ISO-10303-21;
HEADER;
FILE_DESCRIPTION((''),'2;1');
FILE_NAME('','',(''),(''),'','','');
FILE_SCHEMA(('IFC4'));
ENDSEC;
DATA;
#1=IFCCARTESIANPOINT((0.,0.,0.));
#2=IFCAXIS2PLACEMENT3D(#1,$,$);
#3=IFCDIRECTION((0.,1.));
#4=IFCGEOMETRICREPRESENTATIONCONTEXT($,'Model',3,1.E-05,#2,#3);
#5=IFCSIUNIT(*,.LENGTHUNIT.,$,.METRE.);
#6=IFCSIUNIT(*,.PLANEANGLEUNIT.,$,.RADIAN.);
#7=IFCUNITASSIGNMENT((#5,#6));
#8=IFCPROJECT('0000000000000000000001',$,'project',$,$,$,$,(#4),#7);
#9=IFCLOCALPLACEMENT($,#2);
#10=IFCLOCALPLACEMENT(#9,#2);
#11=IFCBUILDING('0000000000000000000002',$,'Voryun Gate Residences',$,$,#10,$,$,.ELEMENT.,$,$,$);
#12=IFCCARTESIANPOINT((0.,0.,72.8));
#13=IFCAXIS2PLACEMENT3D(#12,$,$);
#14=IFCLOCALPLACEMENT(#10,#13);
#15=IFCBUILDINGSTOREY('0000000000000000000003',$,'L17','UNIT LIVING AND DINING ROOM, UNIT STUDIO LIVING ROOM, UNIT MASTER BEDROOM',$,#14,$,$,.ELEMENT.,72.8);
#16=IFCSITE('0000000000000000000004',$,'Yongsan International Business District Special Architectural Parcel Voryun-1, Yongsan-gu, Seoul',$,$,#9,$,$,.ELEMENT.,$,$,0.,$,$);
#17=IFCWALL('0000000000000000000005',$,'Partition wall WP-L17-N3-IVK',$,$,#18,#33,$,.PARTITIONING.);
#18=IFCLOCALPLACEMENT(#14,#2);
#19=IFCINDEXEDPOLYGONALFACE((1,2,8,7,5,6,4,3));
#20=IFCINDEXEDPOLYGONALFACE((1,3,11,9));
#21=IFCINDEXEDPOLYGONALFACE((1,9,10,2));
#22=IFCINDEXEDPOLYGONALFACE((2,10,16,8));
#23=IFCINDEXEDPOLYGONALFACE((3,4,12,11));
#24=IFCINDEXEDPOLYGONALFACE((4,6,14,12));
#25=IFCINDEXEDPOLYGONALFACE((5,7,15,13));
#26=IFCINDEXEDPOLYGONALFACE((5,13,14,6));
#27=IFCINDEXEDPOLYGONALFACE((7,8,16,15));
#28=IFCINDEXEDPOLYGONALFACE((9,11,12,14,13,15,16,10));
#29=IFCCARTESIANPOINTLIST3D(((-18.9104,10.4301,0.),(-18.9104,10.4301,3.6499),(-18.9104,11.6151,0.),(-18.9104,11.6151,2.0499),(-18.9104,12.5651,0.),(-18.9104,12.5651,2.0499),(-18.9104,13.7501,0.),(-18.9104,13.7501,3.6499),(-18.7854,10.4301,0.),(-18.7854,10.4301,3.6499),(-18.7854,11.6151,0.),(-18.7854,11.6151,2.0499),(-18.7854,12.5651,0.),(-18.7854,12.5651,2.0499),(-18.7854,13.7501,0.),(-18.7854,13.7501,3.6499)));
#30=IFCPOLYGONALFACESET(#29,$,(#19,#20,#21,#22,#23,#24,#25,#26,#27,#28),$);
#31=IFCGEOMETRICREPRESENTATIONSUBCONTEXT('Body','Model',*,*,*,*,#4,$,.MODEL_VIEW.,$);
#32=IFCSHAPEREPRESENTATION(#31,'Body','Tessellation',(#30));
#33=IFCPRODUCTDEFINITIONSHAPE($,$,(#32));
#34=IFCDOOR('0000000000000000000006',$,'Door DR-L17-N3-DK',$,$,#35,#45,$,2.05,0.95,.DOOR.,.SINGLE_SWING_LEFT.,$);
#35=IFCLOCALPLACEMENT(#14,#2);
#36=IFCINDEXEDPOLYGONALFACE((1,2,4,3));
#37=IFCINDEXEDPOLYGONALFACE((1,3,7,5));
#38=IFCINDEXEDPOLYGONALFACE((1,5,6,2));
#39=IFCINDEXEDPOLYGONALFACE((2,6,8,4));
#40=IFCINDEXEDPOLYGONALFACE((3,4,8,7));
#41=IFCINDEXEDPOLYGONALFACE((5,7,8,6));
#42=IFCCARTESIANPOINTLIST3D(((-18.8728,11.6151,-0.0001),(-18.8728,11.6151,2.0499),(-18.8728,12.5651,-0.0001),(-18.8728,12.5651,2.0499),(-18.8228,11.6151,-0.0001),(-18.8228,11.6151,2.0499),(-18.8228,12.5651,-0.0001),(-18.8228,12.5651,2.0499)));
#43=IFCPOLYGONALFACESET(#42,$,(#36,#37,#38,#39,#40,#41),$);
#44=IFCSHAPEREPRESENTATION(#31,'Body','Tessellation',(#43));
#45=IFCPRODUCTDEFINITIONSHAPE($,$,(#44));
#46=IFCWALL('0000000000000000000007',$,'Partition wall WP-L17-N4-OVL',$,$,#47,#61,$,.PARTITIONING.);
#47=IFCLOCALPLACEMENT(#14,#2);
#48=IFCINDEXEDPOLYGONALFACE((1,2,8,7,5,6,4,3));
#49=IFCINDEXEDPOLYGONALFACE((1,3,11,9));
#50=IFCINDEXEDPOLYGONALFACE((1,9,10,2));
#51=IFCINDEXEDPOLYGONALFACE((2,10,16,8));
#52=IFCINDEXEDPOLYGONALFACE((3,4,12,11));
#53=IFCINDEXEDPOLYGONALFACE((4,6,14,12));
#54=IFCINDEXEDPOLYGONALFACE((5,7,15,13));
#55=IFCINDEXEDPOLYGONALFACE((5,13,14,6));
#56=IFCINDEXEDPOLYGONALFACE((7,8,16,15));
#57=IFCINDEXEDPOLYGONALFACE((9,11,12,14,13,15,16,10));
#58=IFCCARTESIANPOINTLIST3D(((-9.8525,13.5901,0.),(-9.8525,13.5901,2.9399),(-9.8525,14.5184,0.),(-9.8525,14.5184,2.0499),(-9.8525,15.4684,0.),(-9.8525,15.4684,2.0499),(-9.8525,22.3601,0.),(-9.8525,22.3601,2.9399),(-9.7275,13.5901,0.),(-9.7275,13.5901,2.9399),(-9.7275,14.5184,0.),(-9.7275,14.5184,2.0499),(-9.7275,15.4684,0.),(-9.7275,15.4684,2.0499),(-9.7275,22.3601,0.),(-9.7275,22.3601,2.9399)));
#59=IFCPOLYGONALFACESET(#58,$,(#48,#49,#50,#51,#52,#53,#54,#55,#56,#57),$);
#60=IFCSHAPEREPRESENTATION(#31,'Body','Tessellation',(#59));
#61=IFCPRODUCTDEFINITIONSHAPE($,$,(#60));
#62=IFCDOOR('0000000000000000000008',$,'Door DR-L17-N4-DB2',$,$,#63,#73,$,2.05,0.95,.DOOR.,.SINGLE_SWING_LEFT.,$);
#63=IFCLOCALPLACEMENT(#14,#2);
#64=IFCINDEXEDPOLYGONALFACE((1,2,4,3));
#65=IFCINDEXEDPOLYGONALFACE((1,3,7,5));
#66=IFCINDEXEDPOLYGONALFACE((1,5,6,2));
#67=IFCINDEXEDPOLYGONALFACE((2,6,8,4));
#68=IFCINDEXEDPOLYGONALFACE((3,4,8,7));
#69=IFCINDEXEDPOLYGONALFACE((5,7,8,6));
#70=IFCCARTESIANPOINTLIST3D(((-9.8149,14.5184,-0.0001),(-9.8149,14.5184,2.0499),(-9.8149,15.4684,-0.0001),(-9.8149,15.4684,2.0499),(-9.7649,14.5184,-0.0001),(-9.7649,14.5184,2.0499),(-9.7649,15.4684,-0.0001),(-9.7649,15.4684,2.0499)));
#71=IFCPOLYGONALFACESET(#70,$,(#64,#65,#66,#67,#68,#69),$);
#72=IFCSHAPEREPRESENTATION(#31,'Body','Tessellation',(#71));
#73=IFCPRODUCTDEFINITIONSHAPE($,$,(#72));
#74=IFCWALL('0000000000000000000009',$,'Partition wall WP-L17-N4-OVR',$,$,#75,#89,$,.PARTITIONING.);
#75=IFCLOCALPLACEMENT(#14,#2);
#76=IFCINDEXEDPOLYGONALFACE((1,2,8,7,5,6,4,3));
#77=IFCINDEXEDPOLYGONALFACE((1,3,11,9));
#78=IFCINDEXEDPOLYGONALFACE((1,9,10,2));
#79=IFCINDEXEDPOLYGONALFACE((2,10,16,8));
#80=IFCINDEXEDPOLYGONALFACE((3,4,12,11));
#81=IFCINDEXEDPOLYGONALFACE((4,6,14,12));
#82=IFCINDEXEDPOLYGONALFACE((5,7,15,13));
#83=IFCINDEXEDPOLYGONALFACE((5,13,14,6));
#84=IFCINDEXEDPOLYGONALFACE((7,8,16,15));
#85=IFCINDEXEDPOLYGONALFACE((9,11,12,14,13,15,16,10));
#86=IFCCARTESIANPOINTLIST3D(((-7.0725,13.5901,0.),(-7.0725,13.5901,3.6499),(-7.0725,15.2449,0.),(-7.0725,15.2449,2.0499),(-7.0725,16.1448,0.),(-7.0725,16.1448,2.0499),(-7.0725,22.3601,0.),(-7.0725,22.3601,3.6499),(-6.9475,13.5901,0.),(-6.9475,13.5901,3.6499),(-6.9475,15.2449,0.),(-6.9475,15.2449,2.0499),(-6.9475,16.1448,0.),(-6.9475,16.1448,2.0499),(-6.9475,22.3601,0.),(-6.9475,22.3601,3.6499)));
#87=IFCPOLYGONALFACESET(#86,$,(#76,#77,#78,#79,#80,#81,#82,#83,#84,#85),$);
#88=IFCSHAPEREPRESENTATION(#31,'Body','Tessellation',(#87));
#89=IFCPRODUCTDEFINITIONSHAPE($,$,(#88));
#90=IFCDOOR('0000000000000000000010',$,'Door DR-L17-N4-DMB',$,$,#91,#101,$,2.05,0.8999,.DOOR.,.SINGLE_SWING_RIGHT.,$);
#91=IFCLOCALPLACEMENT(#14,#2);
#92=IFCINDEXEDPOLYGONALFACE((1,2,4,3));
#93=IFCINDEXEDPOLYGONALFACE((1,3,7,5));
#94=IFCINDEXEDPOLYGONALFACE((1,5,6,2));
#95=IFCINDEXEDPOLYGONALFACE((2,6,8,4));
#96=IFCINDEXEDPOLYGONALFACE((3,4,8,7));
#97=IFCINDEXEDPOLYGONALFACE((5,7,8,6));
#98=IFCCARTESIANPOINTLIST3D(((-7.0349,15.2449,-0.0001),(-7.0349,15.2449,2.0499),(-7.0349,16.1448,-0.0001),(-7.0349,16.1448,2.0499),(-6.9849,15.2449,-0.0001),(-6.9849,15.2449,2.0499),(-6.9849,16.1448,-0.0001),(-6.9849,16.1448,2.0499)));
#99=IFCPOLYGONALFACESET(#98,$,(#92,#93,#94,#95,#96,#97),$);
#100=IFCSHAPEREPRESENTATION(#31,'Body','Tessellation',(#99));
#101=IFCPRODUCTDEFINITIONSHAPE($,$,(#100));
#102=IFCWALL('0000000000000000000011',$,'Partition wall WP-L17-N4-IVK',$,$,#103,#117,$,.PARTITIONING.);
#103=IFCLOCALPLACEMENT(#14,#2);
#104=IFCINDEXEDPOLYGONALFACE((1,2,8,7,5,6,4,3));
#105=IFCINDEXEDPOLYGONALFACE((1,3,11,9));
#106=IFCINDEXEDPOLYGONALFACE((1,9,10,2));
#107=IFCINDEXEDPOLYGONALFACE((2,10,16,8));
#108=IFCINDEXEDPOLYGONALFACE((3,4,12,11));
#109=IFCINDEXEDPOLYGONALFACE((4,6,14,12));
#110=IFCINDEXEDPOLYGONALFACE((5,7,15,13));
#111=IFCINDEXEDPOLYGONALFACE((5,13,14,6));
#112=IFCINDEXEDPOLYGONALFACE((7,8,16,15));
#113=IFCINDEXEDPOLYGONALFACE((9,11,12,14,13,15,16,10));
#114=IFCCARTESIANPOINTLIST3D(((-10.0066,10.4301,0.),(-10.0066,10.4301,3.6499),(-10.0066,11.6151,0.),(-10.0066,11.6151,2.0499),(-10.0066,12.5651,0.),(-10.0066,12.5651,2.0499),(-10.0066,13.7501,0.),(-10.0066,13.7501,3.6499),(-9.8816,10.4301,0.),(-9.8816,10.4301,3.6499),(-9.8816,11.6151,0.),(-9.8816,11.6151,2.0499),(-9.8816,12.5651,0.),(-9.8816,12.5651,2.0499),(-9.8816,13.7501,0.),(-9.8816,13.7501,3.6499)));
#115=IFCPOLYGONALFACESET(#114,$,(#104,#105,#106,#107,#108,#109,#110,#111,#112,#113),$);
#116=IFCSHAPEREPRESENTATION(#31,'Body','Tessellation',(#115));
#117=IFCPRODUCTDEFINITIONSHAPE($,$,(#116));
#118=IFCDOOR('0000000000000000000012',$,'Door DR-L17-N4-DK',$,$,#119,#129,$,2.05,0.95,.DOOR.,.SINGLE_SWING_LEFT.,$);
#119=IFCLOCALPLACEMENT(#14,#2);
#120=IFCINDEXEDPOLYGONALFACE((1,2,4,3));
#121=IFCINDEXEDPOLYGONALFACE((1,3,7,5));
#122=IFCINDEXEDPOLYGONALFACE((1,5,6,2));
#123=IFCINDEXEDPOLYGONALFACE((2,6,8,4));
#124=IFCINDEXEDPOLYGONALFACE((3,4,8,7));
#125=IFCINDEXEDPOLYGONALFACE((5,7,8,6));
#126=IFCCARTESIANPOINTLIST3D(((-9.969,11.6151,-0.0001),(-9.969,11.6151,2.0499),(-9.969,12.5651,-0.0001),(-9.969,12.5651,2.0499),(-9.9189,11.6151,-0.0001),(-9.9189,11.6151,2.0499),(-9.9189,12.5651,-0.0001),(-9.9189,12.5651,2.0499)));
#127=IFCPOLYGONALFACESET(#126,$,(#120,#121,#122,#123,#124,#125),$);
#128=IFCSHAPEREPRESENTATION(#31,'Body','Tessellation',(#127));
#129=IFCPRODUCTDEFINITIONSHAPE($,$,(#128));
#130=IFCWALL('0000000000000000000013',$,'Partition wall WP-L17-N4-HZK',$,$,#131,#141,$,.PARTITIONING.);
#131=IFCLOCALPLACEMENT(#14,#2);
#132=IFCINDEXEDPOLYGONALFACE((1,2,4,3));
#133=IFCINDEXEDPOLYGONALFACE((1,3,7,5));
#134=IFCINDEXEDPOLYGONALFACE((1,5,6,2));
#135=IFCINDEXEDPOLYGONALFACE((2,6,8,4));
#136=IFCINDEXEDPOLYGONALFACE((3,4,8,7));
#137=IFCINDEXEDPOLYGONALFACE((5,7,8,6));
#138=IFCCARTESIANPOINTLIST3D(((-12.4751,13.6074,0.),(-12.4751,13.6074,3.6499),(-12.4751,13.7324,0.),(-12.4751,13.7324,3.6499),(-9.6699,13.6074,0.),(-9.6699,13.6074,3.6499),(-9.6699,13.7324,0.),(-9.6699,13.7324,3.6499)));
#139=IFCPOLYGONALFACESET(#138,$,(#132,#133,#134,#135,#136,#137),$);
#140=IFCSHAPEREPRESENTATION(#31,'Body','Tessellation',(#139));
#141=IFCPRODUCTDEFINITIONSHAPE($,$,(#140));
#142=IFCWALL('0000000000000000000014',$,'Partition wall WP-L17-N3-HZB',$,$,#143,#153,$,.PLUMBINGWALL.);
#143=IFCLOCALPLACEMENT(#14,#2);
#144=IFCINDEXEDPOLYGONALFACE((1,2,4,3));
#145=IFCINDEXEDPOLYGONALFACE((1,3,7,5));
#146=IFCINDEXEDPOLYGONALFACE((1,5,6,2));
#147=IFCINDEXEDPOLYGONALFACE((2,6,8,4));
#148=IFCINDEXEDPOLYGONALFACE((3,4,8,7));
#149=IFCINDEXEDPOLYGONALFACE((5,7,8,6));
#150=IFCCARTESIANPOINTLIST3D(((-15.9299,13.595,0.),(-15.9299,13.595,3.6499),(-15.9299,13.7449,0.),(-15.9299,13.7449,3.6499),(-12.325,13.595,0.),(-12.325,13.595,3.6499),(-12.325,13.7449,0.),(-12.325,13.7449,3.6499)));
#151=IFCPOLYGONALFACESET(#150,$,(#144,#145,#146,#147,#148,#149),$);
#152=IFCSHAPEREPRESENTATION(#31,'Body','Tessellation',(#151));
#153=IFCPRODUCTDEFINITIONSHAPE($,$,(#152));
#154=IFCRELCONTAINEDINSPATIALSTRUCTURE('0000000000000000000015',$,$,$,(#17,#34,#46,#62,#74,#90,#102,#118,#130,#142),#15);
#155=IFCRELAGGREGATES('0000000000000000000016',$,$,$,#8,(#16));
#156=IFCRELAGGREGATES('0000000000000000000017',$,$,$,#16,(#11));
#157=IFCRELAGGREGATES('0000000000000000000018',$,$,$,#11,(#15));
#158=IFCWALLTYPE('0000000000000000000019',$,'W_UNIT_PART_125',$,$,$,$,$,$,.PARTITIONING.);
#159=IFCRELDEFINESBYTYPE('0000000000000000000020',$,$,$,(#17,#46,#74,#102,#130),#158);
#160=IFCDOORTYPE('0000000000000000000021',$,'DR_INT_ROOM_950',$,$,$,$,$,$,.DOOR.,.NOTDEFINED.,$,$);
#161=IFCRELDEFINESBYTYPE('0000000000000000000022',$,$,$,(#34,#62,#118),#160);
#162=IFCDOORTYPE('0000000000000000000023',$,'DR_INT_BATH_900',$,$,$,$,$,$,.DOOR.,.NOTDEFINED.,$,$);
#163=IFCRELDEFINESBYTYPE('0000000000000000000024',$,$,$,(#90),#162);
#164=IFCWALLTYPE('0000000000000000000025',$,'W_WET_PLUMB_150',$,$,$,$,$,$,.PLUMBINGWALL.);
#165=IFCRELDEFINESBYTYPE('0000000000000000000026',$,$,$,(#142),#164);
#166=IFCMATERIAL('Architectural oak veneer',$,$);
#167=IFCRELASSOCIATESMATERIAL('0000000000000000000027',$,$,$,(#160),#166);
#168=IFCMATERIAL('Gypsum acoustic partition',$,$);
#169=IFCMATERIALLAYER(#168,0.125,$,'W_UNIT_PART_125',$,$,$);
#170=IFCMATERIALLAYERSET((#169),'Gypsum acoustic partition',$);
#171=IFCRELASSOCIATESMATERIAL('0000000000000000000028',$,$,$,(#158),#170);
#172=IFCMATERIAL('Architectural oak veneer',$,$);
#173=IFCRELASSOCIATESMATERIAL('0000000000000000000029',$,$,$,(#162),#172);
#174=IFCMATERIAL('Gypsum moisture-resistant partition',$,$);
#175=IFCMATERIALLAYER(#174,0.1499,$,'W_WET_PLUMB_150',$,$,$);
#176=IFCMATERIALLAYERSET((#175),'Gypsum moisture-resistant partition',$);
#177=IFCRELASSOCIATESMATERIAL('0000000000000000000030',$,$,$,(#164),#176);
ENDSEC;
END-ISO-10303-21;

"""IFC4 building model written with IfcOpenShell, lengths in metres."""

from ifc_helpers import new_model, si_unit, direction, frame, frame_2d, origin, place, context, subcontext, project, spatial, rectangle, extrude, material, layer, layer_set, type_object, element, fill, save


model = new_model("IFC4")

# Units and contexts
model_context = context("Model", 3, precision=1e-05, world=origin(), true_north=direction((0.0, 1.0)))
body_context = subcontext(model_context, "Body", "Model", "MODEL_VIEW")
ifc_project = project(units=[si_unit("LENGTHUNIT", "METRE"), si_unit("PLANEANGLEUNIT", "RADIAN")], contexts=[model_context])

# Site, building, storey
site_placement = place(None, origin())
site = spatial("IfcSite", under=ifc_project, at=site_placement, Name="Yongsan International Business District Special Architectural Parcel Voryun-1, Yongsan-gu, Seoul", CompositionType="ELEMENT", RefElevation=0.0)
building_placement = place(site_placement, origin())
building = spatial("IfcBuilding", under=site, at=building_placement, Name="Voryun Gate Residences", CompositionType="ELEMENT")
storey_placement = place(building_placement, frame((0.0, 0.0, 72.8)))
storey = spatial("IfcBuildingStorey", under=building, at=storey_placement, Name="L17", Description="UNIT LIVING AND DINING ROOM, UNIT STUDIO LIVING ROOM, UNIT MASTER BEDROOM", CompositionType="ELEMENT", Elevation=72.8)

# Shared definitions
ifc_material_1 = material(Name="Architectural oak veneer")
door_type_1 = type_object("IfcDoorType", Name="DR_INT_ROOM_950", OperationType="NOTDEFINED", PredefinedType="DOOR", material=ifc_material_1)

# Walls, openings, doors
ifc_material_2 = material(Name="Gypsum acoustic partition")
ifc_layer_1 = layer(ifc_material_2, 0.125, Name="W_UNIT_PART_125")
ifc_layer_set_1 = layer_set([ifc_layer_1], Name="Gypsum acoustic partition")
wall_type_1 = type_object("IfcWallType", Name="W_UNIT_PART_125", PredefinedType="PARTITIONING", material=ifc_layer_set_1)
ifc_material_3 = material(Name="Architectural oak veneer")
door_type_2 = type_object("IfcDoorType", Name="DR_INT_BATH_900", OperationType="NOTDEFINED", PredefinedType="DOOR", material=ifc_material_3)
wall_1_placement = place(storey_placement, frame((-18.8479, 10.4299, 0.0), z_axis=(0.0, 0.0, 1.0), x_axis=(0.0, 1.0, 0.0)))
wall_1 = element("IfcWall", 1, at=wall_1_placement, inside=storey, type_object=wall_type_1, Name="Partition wall WP-L17-N3-IVK", PredefinedType="PARTITIONING", context=body_context, shape_type="SweptSolid", body=[
    extrude(rectangle(XDim=3.3201, YDim=0.125, at=frame_2d((1.6602, 0.0))), origin(), (0.0, 0.0, 1.0), 3.6499),
])
opening_1_placement = place(wall_1_placement, frame((1.1851, 0.0, 0.0)))
opening_1 = element("IfcOpeningElement", 2, at=opening_1_placement, cuts=wall_1, PredefinedType="OPENING", context=body_context, shape_type="SweptSolid", body=[
    extrude(rectangle(XDim=0.95, YDim=2.05, at=frame_2d((0.4751, 1.0249))), frame((0.0, 0.0725, 0.0), z_axis=(0.0, -1.0, 0.0), x_axis=(1.0, 0.0, 0.0)), (0.0, 0.0, 1.0), 0.145),
])
door_1_placement = place(opening_1_placement, origin())
door_1 = element("IfcDoor", 3, at=door_1_placement, inside=storey, type_object=door_type_1, Name="Door DR-L17-N3-DK", OperationType="SINGLE_SWING_LEFT", OverallHeight=2.05, OverallWidth=0.95, PredefinedType="DOOR", context=body_context, shape_type="SweptSolid", body=[
    extrude(rectangle(XDim=0.95, YDim=2.05, at=frame_2d((0.4751, 1.0249))), frame((0.0, 0.0249, 0.0), z_axis=(0.0, -1.0, 0.0), x_axis=(1.0, 0.0, 0.0)), (0.0, 0.0, 1.0), 0.05),
])
fill(opening_1, door_1)
wall_2_placement = place(storey_placement, frame((-9.79, 13.5901, 0.0), z_axis=(0.0, 0.0, 1.0), x_axis=(0.0, 1.0, 0.0)))
wall_2 = element("IfcWall", 4, at=wall_2_placement, inside=storey, type_object=wall_type_1, Name="Partition wall WP-L17-N4-OVL", PredefinedType="PARTITIONING", context=body_context, shape_type="SweptSolid", body=[
    extrude(rectangle(XDim=8.77, YDim=0.125, at=frame_2d((4.385, 0.0))), origin(), (0.0, 0.0, 1.0), 2.9399),
])
opening_2_placement = place(wall_2_placement, frame((0.9282, 0.0, 0.0)))
opening_2 = element("IfcOpeningElement", 5, at=opening_2_placement, cuts=wall_2, PredefinedType="OPENING", context=body_context, shape_type="SweptSolid", body=[
    extrude(rectangle(XDim=0.95, YDim=2.05, at=frame_2d((0.4751, 1.0249))), frame((0.0, 0.0725, 0.0), z_axis=(0.0, -1.0, 0.0), x_axis=(1.0, 0.0, 0.0)), (0.0, 0.0, 1.0), 0.145),
])
door_2_placement = place(opening_2_placement, origin())
door_2 = element("IfcDoor", 6, at=door_2_placement, inside=storey, type_object=door_type_1, Name="Door DR-L17-N4-DB2", OperationType="SINGLE_SWING_LEFT", OverallHeight=2.05, OverallWidth=0.95, PredefinedType="DOOR", context=body_context, shape_type="SweptSolid", body=[
    extrude(rectangle(XDim=0.95, YDim=2.05, at=frame_2d((0.4751, 1.0249))), frame((0.0, 0.0249, 0.0), z_axis=(0.0, -1.0, 0.0), x_axis=(1.0, 0.0, 0.0)), (0.0, 0.0, 1.0), 0.05),
])
fill(opening_2, door_2)
wall_3_placement = place(storey_placement, frame((-7.01, 13.5901, 0.0), z_axis=(0.0, 0.0, 1.0), x_axis=(0.0, 1.0, 0.0)))
wall_3 = element("IfcWall", 7, at=wall_3_placement, inside=storey, type_object=wall_type_1, Name="Partition wall WP-L17-N4-OVR", PredefinedType="PARTITIONING", context=body_context, shape_type="SweptSolid", body=[
    extrude(rectangle(XDim=8.77, YDim=0.125, at=frame_2d((4.385, 0.0))), origin(), (0.0, 0.0, 1.0), 3.6499),
])
opening_3_placement = place(wall_3_placement, frame((1.6548, 0.0, 0.0)))
opening_3 = element("IfcOpeningElement", 8, at=opening_3_placement, cuts=wall_3, PredefinedType="OPENING", context=body_context, shape_type="SweptSolid", body=[
    extrude(rectangle(XDim=0.8999, YDim=2.05, at=frame_2d((0.45, 1.0249))), frame((0.0, 0.0725, 0.0), z_axis=(0.0, -1.0, 0.0), x_axis=(1.0, 0.0, 0.0)), (0.0, 0.0, 1.0), 0.145),
])
door_3_placement = place(opening_3_placement, origin())
door_3 = element("IfcDoor", 9, at=door_3_placement, inside=storey, type_object=door_type_2, Name="Door DR-L17-N4-DMB", OperationType="SINGLE_SWING_RIGHT", OverallHeight=2.05, OverallWidth=0.8999, PredefinedType="DOOR", context=body_context, shape_type="SweptSolid", body=[
    extrude(rectangle(XDim=0.8999, YDim=2.05, at=frame_2d((0.45, 1.0249))), frame((0.0, 0.0249, 0.0), z_axis=(0.0, -1.0, 0.0), x_axis=(1.0, 0.0, 0.0)), (0.0, 0.0, 1.0), 0.05),
])
fill(opening_3, door_3)
wall_4_placement = place(storey_placement, frame((-9.9441, 10.4299, 0.0), z_axis=(0.0, 0.0, 1.0), x_axis=(0.0, 1.0, 0.0)))
wall_4 = element("IfcWall", 10, at=wall_4_placement, inside=storey, type_object=wall_type_1, Name="Partition wall WP-L17-N4-IVK", PredefinedType="PARTITIONING", context=body_context, shape_type="SweptSolid", body=[
    extrude(rectangle(XDim=3.3201, YDim=0.125, at=frame_2d((1.6602, 0.0))), origin(), (0.0, 0.0, 1.0), 3.6499),
])
opening_4_placement = place(wall_4_placement, frame((1.1851, 0.0, 0.0)))
opening_4 = element("IfcOpeningElement", 11, at=opening_4_placement, cuts=wall_4, PredefinedType="OPENING", context=body_context, shape_type="SweptSolid", body=[
    extrude(rectangle(XDim=0.95, YDim=2.05, at=frame_2d((0.4751, 1.0249))), frame((0.0, 0.0725, 0.0), z_axis=(0.0, -1.0, 0.0), x_axis=(1.0, 0.0, 0.0)), (0.0, 0.0, 1.0), 0.145),
])
door_4_placement = place(opening_4_placement, origin())
door_4 = element("IfcDoor", 12, at=door_4_placement, inside=storey, type_object=door_type_1, Name="Door DR-L17-N4-DK", OperationType="SINGLE_SWING_LEFT", OverallHeight=2.05, OverallWidth=0.95, PredefinedType="DOOR", context=body_context, shape_type="SweptSolid", body=[
    extrude(rectangle(XDim=0.95, YDim=2.05, at=frame_2d((0.4751, 1.0249))), frame((0.0, 0.0249, 0.0), z_axis=(0.0, -1.0, 0.0), x_axis=(1.0, 0.0, 0.0)), (0.0, 0.0, 1.0), 0.05),
])
fill(opening_4, door_4)

# Walls
wall_5_placement = place(storey_placement, frame((-12.4751, 13.6699, 0.0), z_axis=(0.0, 0.0, 1.0), x_axis=(1.0, 0.0, 0.0)))
element("IfcWall", 13, at=wall_5_placement, inside=storey, type_object=wall_type_1, Name="Partition wall WP-L17-N4-HZK", PredefinedType="PARTITIONING", context=body_context, shape_type="SweptSolid", body=[
    extrude(rectangle(XDim=2.8052, YDim=0.125, at=frame_2d((1.4026, 0.0))), origin(), (0.0, 0.0, 1.0), 3.6499),
])
ifc_material_4 = material(Name="Gypsum moisture-resistant partition")
ifc_layer_2 = layer(ifc_material_4, 0.1499, Name="W_WET_PLUMB_150")
ifc_layer_set_2 = layer_set([ifc_layer_2], Name="Gypsum moisture-resistant partition")
wall_type_2 = type_object("IfcWallType", Name="W_WET_PLUMB_150", PredefinedType="PLUMBINGWALL", material=ifc_layer_set_2)
wall_6_placement = place(storey_placement, frame((-15.9299, 13.6699, 0.0), z_axis=(0.0, 0.0, 1.0), x_axis=(1.0, 0.0, 0.0)))
element("IfcWall", 14, at=wall_6_placement, inside=storey, type_object=wall_type_2, Name="Partition wall WP-L17-N3-HZB", PredefinedType="PLUMBINGWALL", context=body_context, shape_type="SweptSolid", body=[
    extrude(rectangle(XDim=3.605, YDim=0.1499, at=frame_2d((1.8025, 0.0))), origin(), (0.0, 0.0, 1.0), 3.6499),
])

save(model, "model.ifc")
